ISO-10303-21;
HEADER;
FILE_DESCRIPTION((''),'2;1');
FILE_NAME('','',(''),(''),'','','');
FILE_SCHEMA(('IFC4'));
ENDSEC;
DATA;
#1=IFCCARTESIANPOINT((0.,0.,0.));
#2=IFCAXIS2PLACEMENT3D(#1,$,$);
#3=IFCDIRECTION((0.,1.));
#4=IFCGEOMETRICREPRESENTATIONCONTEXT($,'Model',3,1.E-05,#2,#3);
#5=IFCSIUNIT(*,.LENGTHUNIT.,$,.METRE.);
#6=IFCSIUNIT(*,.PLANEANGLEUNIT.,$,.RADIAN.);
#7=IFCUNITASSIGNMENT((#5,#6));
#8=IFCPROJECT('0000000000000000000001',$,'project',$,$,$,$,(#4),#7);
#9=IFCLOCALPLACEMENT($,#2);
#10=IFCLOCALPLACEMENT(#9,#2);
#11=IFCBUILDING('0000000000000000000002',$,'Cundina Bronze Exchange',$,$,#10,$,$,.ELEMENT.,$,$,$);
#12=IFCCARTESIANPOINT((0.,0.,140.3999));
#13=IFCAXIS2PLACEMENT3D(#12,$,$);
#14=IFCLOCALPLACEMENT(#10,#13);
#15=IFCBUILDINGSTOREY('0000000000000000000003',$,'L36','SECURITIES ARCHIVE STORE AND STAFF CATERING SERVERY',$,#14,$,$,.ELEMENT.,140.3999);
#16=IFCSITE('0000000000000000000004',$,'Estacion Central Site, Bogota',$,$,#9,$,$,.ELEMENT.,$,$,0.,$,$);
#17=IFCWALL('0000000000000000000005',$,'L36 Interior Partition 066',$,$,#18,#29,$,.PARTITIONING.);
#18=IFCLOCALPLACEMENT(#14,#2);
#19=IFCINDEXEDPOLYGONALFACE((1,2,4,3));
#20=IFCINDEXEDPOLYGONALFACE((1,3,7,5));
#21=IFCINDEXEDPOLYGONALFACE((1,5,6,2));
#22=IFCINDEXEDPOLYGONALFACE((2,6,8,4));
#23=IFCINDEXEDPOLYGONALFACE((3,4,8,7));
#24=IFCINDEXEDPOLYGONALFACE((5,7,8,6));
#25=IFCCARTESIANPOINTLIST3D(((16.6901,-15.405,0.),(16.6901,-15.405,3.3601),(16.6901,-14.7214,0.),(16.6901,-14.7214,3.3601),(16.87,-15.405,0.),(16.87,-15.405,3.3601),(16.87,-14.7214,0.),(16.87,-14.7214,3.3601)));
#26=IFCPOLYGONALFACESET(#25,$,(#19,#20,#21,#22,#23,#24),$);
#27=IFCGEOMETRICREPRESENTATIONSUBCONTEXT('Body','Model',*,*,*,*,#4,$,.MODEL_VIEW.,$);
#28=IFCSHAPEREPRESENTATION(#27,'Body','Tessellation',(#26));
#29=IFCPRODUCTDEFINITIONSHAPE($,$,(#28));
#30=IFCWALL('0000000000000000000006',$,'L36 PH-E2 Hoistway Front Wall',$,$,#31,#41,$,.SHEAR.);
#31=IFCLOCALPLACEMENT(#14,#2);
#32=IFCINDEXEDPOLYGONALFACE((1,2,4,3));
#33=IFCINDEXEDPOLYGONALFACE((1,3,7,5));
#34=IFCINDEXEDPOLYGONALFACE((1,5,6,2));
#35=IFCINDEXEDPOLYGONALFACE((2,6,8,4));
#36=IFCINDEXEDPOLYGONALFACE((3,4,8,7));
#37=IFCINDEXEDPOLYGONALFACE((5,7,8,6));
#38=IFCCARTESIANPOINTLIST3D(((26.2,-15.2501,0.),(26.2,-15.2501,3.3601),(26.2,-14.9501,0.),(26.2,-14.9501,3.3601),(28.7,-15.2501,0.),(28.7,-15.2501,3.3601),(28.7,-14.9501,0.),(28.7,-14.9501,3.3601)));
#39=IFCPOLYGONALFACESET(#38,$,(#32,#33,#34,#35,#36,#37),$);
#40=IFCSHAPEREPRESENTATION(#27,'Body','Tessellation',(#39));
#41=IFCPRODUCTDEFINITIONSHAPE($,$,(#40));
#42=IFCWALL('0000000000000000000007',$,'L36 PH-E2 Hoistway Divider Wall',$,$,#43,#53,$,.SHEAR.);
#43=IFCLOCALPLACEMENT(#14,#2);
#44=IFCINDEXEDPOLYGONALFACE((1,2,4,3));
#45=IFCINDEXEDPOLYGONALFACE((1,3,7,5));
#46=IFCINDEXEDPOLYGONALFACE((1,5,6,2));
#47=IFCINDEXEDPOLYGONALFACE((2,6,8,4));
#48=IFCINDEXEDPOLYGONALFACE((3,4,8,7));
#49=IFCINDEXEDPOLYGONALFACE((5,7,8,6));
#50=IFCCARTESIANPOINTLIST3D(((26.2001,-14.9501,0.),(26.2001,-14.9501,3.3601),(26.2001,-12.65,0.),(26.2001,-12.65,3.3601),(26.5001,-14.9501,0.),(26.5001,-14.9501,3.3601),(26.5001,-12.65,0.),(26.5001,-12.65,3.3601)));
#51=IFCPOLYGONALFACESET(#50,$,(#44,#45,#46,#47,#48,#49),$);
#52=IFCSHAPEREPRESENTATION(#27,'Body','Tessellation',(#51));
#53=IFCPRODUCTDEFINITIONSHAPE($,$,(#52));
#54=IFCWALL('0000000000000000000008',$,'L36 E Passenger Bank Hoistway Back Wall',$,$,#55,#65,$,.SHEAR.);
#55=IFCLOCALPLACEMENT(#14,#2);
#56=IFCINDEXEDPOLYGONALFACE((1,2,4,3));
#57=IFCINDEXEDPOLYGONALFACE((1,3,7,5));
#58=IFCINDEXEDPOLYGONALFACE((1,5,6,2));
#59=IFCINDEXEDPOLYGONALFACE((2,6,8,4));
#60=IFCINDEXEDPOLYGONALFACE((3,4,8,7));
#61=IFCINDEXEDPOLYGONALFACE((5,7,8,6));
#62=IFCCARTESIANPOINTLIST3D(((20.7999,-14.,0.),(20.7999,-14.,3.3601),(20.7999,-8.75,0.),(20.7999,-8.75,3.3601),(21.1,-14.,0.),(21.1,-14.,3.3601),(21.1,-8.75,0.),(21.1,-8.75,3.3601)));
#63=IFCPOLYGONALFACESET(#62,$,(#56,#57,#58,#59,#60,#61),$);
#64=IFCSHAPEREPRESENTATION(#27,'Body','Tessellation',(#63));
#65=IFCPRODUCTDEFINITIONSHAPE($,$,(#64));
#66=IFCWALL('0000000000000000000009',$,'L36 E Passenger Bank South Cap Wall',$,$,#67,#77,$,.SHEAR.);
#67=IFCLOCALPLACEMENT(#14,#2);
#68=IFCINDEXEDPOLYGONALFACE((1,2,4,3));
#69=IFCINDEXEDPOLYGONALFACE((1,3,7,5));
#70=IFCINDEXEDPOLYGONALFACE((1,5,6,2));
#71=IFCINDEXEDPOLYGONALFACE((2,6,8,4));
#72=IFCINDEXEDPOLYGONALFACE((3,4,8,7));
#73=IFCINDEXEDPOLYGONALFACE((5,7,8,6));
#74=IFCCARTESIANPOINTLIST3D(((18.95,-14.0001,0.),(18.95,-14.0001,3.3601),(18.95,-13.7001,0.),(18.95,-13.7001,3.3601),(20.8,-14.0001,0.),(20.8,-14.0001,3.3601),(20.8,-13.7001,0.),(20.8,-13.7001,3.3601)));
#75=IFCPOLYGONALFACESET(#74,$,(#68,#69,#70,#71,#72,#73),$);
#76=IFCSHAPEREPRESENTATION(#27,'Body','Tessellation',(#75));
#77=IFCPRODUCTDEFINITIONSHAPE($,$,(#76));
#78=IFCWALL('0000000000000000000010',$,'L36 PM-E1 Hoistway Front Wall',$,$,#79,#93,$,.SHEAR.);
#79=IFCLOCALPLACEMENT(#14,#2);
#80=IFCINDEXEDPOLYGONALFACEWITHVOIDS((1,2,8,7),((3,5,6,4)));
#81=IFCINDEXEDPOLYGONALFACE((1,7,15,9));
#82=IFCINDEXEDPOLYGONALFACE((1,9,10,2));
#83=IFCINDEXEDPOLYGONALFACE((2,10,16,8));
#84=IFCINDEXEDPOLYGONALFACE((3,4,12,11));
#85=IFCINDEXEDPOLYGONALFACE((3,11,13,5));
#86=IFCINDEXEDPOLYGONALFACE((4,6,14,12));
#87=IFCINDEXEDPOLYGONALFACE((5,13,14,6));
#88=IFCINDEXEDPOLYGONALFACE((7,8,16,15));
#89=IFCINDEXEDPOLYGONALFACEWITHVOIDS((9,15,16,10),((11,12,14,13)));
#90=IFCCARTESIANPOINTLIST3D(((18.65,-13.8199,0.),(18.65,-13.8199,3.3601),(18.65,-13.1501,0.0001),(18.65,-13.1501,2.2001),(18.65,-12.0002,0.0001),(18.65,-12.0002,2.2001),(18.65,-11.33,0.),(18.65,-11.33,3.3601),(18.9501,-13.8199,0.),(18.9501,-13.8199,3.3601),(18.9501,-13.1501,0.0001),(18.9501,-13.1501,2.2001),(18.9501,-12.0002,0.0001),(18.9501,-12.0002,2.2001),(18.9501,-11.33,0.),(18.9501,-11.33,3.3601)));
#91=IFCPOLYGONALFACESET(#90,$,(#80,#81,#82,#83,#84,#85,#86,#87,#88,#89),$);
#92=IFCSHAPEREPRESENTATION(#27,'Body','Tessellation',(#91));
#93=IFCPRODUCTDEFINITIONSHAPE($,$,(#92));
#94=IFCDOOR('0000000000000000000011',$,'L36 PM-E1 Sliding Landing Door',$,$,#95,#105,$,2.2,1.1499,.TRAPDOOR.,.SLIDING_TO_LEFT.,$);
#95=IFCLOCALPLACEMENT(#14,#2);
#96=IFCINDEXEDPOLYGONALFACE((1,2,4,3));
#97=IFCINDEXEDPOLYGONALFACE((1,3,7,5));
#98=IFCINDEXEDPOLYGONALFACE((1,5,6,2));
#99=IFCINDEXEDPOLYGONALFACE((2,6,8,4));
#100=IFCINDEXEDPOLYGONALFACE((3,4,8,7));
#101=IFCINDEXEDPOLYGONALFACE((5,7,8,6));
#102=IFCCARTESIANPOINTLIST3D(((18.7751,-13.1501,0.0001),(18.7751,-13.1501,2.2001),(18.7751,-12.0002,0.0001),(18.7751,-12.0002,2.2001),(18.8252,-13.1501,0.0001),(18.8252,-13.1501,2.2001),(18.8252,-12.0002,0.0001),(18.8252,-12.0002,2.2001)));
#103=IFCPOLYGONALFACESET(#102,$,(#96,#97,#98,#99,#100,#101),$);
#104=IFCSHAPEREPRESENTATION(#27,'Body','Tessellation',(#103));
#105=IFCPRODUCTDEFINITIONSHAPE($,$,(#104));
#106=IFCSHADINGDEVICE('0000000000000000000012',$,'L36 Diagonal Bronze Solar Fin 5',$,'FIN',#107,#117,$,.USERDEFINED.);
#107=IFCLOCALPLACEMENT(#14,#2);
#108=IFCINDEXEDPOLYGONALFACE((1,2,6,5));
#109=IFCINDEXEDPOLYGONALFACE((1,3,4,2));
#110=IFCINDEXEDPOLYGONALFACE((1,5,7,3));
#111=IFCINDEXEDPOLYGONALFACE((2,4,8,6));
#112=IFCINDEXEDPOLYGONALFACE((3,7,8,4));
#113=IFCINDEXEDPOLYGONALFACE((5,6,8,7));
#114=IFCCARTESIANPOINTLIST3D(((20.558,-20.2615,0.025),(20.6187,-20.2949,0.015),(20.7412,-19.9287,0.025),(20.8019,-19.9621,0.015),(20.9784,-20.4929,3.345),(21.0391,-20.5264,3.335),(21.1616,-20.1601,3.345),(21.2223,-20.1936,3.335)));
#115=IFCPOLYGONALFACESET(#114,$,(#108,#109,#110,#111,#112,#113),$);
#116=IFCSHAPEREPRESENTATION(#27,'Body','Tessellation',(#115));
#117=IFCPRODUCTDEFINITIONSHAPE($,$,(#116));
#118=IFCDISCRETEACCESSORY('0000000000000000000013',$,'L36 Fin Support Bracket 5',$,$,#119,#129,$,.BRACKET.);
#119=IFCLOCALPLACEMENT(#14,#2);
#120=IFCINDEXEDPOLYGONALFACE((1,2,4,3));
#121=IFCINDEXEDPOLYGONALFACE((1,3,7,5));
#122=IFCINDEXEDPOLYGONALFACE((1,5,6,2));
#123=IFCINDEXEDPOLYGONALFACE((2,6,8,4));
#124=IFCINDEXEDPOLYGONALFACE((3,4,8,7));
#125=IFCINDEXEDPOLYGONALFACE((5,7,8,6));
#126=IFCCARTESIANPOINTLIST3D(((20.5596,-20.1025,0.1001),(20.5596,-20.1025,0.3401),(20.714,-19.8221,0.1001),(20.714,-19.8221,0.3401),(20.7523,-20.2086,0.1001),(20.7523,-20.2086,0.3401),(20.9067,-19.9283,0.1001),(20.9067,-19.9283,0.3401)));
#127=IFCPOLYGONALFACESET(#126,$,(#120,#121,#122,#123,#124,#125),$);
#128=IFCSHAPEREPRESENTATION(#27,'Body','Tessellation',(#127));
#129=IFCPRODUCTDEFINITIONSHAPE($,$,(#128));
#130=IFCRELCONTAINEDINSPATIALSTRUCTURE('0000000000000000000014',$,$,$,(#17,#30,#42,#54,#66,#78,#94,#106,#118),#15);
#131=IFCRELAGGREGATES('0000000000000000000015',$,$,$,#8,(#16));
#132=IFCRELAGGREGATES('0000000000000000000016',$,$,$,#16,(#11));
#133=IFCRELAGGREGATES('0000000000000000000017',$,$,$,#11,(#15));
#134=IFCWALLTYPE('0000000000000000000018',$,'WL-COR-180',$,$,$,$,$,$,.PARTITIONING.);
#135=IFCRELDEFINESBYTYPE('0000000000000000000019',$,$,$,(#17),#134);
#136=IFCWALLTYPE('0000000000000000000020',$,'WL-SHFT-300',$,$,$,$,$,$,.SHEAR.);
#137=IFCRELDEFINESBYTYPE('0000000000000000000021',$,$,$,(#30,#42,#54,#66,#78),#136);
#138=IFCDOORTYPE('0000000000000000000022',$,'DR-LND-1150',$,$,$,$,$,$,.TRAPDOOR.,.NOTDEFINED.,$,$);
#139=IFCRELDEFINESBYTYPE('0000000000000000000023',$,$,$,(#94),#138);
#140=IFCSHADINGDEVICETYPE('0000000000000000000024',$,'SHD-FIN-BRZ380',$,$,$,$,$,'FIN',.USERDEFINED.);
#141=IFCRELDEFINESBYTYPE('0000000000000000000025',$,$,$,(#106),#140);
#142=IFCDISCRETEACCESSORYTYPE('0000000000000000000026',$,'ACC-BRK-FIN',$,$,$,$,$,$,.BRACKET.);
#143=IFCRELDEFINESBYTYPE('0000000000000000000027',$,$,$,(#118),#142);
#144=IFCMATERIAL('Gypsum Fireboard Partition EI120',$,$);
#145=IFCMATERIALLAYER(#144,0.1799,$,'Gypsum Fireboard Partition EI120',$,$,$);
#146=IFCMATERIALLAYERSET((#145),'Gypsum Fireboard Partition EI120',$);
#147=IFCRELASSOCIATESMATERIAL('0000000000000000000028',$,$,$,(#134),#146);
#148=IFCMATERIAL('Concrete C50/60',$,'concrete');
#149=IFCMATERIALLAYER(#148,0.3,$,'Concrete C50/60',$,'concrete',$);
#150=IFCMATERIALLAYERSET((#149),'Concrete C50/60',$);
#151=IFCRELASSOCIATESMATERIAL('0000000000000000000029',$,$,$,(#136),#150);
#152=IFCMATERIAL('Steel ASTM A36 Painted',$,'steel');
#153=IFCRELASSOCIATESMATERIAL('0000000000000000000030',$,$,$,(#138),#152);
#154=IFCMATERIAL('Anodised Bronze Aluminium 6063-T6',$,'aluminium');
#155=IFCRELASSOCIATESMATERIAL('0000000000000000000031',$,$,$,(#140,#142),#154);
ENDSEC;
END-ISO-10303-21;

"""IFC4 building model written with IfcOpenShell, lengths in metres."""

from ifc_helpers import new_model, si_unit, direction, frame, frame_2d, origin, origin_2d, place, context, subcontext, project, spatial, rectangle, extrude, material, layer, layer_set, material_profile, profile_set, type_object, element, fill, save


model = new_model("IFC4")

# Units and contexts
model_context = context("Model", 3, precision=1e-05, world=origin(), true_north=direction((0.0, 1.0)))
body_context = subcontext(model_context, "Body", "Model", "MODEL_VIEW")
ifc_project = project(units=[si_unit("LENGTHUNIT", "METRE"), si_unit("PLANEANGLEUNIT", "RADIAN")], contexts=[model_context])

# Site, building, storey
site_placement = place(None, origin())
site = spatial("IfcSite", under=ifc_project, at=site_placement, Name="Estacion Central Site, Bogota", CompositionType="ELEMENT", RefElevation=0.0)
building_placement = place(site_placement, origin())
building = spatial("IfcBuilding", under=site, at=building_placement, Name="Cundina Bronze Exchange", CompositionType="ELEMENT")
storey_placement = place(building_placement, frame((0.0, 0.0, 140.3999)))
storey = spatial("IfcBuildingStorey", under=building, at=storey_placement, Name="L36", Description="SECURITIES ARCHIVE STORE AND STAFF CATERING SERVERY", CompositionType="ELEMENT", Elevation=140.3999)

# Shared definitions
ifc_material_1 = material(Name="Concrete C50/60", Category="concrete")

# Shared definitions
ifc_material_2 = material(Name="Anodised Bronze Aluminium 6063-T6", Category="aluminium")

# Shared definitions
ifc_material_3 = material(Name="Gypsum Fireboard Partition EI120")
ifc_layer_1 = layer(ifc_material_3, 0.1799, Name="Gypsum Fireboard Partition EI120")
ifc_layer_set_1 = layer_set([ifc_layer_1], Name="Gypsum Fireboard Partition EI120")
wall_type_1 = type_object("IfcWallType", Name="WL-COR-180", PredefinedType="PARTITIONING", material=ifc_layer_set_1)

# Walls
wall_1_placement = place(storey_placement, frame((16.78, -14.7214, 0.0), z_axis=(0.0, 0.0, 1.0), x_axis=(0.0, -1.0, 0.0)))
element("IfcWall", 1, at=wall_1_placement, inside=storey, type_object=wall_type_1, Name="L36 Interior Partition 066", PredefinedType="PARTITIONING", context=body_context, shape_type="SweptSolid", body=[
    extrude(rectangle(XDim=0.6836, YDim=0.1799, at=frame_2d((0.3418, 0.0))), origin(), (0.0, 0.0, 1.0), 3.3601),
])
ifc_layer_2 = layer(ifc_material_1, 0.3, Name="Concrete C50/60", Category="concrete")
ifc_layer_set_2 = layer_set([ifc_layer_2], Name="Concrete C50/60")
wall_type_2 = type_object("IfcWallType", Name="WL-SHFT-300", PredefinedType="SHEAR", material=ifc_layer_set_2)
wall_2_placement = place(storey_placement, frame((26.2, -15.1001, 0.0), z_axis=(0.0, 0.0, 1.0), x_axis=(1.0, 0.0, 0.0)))
element("IfcWall", 2, at=wall_2_placement, inside=storey, type_object=wall_type_2, Name="L36 PH-E2 Hoistway Front Wall", PredefinedType="SHEAR", context=body_context, shape_type="SweptSolid", body=[
    extrude(rectangle(XDim=2.5, YDim=0.3, at=frame_2d((1.25, 0.0))), origin(), (0.0, 0.0, 1.0), 3.3601),
])
wall_3_placement = place(storey_placement, frame((26.3501, -14.95, 0.0), z_axis=(0.0, 0.0, 1.0), x_axis=(0.0, 1.0, 0.0)))
element("IfcWall", 3, at=wall_3_placement, inside=storey, type_object=wall_type_2, Name="L36 PH-E2 Hoistway Divider Wall", PredefinedType="SHEAR", context=body_context, shape_type="SweptSolid", body=[
    extrude(rectangle(XDim=2.3, YDim=0.3, at=frame_2d((1.1499, 0.0))), origin(), (0.0, 0.0, 1.0), 3.3601),
])
wall_4_placement = place(storey_placement, frame((20.95, -14.0, 0.0), z_axis=(0.0, 0.0, 1.0), x_axis=(0.0, 1.0, 0.0)))
element("IfcWall", 4, at=wall_4_placement, inside=storey, type_object=wall_type_2, Name="L36 E Passenger Bank Hoistway Back Wall", PredefinedType="SHEAR", context=body_context, shape_type="SweptSolid", body=[
    extrude(rectangle(XDim=5.25, YDim=0.3, at=frame_2d((2.625, 0.0))), origin(), (0.0, 0.0, 1.0), 3.3601),
])
wall_5_placement = place(storey_placement, frame((18.95, -13.8501, 0.0), z_axis=(0.0, 0.0, 1.0), x_axis=(1.0, 0.0, 0.0)))
element("IfcWall", 5, at=wall_5_placement, inside=storey, type_object=wall_type_2, Name="L36 E Passenger Bank South Cap Wall", PredefinedType="SHEAR", context=body_context, shape_type="SweptSolid", body=[
    extrude(rectangle(XDim=1.8501, YDim=0.3, at=frame_2d((0.925, 0.0))), origin(), (0.0, 0.0, 1.0), 3.3601),
])

# Wall, opening, door
wall_6_placement = place(storey_placement, frame((18.8, -13.8201, 0.0), z_axis=(0.0, 0.0, 1.0), x_axis=(0.0, 1.0, 0.0)))
wall_6 = element("IfcWall", 6, at=wall_6_placement, inside=storey, type_object=wall_type_2, Name="L36 PM-E1 Hoistway Front Wall", PredefinedType="SHEAR", context=body_context, shape_type="SweptSolid", body=[
    extrude(rectangle(XDim=2.49, YDim=0.3, at=frame_2d((1.2451, 0.0))), origin(), (0.0, 0.0, 1.0), 3.3601),
])
opening_1_placement = place(wall_6_placement, frame((0.6699, 0.0, 0.0)))
opening_1 = element("IfcOpeningElement", 7, at=opening_1_placement, cuts=wall_6, PredefinedType="OPENING", context=body_context, shape_type="SweptSolid", body=[
    extrude(rectangle(XDim=1.1499, YDim=2.2, at=frame_2d((0.575, 1.1001))), frame((0.0, 0.1599, 0.0), z_axis=(0.0, -1.0, 0.0), x_axis=(1.0, 0.0, 0.0)), (0.0, 0.0, 1.0), 0.3201),
])
ifc_material_4 = material(Name="Steel ASTM A36 Painted", Category="steel")
door_type_1 = type_object("IfcDoorType", Name="DR-LND-1150", OperationType="NOTDEFINED", PredefinedType="TRAPDOOR", material=ifc_material_4)
door_1_placement = place(opening_1_placement, origin())
door_1 = element("IfcDoor", 8, at=door_1_placement, inside=storey, type_object=door_type_1, Name="L36 PM-E1 Sliding Landing Door", OperationType="SLIDING_TO_LEFT", OverallHeight=2.2, OverallWidth=1.1499, PredefinedType="TRAPDOOR", context=body_context, shape_type="SweptSolid", body=[
    extrude(rectangle(XDim=1.1499, YDim=2.2, at=frame_2d((0.575, 1.1001))), frame((0.0, 0.0249, 0.0), z_axis=(0.0, -1.0, 0.0), x_axis=(1.0, 0.0, 0.0)), (0.0, 0.0, 1.0), 0.05),
])
fill(opening_1, door_1)

# Shading device
ifc_material_profile_1 = material_profile(ifc_material_2, rectangle(XDim=0.0701, YDim=0.3799, at=origin_2d()), Name="FIN70X380", Category="aluminium")
ifc_profile_set_1 = profile_set([ifc_material_profile_1], Name="Anodised Bronze Aluminium 6063-T6")
shading_device_type = type_object("IfcShadingDeviceType", Name="SHD-FIN-BRZ380", ElementType="FIN", PredefinedType="USERDEFINED", material=ifc_profile_set_1)
shading_device_placement = place(storey_placement, frame((20.6799, -20.1118, 0.02), z_axis=(0.125324, -0.068994, 0.989714), x_axis=(-0.867012, 0.47731, 0.143061)))
element("IfcShadingDevice", 9, at=shading_device_placement, inside=storey, type_object=shading_device_type, Name="L36 Diagonal Bronze Solar Fin 5", ObjectType="FIN", PredefinedType="USERDEFINED", context=body_context, shape_type="SweptSolid", body=[
    extrude(rectangle(XDim=0.0701, YDim=0.3799, at=origin_2d()), origin(), (0.0, 0.0, 1.0), 3.3545),
])

# Discrete accessory
discrete_accessory_type = type_object("IfcDiscreteAccessoryType", Name="ACC-BRK-FIN", PredefinedType="BRACKET", material=ifc_material_2)
discrete_accessory_placement = place(storey_placement, frame((20.7332, -20.0154, 0.1001), z_axis=(0.0, 0.0, 1.0), x_axis=(0.875869, -0.482549, 0.0)))
element("IfcDiscreteAccessory", 10, at=discrete_accessory_placement, inside=storey, type_object=discrete_accessory_type, Name="L36 Fin Support Bracket 5", PredefinedType="BRACKET", context=body_context, shape_type="SweptSolid", body=[
    extrude(rectangle(XDim=0.22, YDim=0.3201, at=origin_2d()), origin(), (0.0, 0.0, 1.0), 0.24),
])

save(model, "model.ifc")
